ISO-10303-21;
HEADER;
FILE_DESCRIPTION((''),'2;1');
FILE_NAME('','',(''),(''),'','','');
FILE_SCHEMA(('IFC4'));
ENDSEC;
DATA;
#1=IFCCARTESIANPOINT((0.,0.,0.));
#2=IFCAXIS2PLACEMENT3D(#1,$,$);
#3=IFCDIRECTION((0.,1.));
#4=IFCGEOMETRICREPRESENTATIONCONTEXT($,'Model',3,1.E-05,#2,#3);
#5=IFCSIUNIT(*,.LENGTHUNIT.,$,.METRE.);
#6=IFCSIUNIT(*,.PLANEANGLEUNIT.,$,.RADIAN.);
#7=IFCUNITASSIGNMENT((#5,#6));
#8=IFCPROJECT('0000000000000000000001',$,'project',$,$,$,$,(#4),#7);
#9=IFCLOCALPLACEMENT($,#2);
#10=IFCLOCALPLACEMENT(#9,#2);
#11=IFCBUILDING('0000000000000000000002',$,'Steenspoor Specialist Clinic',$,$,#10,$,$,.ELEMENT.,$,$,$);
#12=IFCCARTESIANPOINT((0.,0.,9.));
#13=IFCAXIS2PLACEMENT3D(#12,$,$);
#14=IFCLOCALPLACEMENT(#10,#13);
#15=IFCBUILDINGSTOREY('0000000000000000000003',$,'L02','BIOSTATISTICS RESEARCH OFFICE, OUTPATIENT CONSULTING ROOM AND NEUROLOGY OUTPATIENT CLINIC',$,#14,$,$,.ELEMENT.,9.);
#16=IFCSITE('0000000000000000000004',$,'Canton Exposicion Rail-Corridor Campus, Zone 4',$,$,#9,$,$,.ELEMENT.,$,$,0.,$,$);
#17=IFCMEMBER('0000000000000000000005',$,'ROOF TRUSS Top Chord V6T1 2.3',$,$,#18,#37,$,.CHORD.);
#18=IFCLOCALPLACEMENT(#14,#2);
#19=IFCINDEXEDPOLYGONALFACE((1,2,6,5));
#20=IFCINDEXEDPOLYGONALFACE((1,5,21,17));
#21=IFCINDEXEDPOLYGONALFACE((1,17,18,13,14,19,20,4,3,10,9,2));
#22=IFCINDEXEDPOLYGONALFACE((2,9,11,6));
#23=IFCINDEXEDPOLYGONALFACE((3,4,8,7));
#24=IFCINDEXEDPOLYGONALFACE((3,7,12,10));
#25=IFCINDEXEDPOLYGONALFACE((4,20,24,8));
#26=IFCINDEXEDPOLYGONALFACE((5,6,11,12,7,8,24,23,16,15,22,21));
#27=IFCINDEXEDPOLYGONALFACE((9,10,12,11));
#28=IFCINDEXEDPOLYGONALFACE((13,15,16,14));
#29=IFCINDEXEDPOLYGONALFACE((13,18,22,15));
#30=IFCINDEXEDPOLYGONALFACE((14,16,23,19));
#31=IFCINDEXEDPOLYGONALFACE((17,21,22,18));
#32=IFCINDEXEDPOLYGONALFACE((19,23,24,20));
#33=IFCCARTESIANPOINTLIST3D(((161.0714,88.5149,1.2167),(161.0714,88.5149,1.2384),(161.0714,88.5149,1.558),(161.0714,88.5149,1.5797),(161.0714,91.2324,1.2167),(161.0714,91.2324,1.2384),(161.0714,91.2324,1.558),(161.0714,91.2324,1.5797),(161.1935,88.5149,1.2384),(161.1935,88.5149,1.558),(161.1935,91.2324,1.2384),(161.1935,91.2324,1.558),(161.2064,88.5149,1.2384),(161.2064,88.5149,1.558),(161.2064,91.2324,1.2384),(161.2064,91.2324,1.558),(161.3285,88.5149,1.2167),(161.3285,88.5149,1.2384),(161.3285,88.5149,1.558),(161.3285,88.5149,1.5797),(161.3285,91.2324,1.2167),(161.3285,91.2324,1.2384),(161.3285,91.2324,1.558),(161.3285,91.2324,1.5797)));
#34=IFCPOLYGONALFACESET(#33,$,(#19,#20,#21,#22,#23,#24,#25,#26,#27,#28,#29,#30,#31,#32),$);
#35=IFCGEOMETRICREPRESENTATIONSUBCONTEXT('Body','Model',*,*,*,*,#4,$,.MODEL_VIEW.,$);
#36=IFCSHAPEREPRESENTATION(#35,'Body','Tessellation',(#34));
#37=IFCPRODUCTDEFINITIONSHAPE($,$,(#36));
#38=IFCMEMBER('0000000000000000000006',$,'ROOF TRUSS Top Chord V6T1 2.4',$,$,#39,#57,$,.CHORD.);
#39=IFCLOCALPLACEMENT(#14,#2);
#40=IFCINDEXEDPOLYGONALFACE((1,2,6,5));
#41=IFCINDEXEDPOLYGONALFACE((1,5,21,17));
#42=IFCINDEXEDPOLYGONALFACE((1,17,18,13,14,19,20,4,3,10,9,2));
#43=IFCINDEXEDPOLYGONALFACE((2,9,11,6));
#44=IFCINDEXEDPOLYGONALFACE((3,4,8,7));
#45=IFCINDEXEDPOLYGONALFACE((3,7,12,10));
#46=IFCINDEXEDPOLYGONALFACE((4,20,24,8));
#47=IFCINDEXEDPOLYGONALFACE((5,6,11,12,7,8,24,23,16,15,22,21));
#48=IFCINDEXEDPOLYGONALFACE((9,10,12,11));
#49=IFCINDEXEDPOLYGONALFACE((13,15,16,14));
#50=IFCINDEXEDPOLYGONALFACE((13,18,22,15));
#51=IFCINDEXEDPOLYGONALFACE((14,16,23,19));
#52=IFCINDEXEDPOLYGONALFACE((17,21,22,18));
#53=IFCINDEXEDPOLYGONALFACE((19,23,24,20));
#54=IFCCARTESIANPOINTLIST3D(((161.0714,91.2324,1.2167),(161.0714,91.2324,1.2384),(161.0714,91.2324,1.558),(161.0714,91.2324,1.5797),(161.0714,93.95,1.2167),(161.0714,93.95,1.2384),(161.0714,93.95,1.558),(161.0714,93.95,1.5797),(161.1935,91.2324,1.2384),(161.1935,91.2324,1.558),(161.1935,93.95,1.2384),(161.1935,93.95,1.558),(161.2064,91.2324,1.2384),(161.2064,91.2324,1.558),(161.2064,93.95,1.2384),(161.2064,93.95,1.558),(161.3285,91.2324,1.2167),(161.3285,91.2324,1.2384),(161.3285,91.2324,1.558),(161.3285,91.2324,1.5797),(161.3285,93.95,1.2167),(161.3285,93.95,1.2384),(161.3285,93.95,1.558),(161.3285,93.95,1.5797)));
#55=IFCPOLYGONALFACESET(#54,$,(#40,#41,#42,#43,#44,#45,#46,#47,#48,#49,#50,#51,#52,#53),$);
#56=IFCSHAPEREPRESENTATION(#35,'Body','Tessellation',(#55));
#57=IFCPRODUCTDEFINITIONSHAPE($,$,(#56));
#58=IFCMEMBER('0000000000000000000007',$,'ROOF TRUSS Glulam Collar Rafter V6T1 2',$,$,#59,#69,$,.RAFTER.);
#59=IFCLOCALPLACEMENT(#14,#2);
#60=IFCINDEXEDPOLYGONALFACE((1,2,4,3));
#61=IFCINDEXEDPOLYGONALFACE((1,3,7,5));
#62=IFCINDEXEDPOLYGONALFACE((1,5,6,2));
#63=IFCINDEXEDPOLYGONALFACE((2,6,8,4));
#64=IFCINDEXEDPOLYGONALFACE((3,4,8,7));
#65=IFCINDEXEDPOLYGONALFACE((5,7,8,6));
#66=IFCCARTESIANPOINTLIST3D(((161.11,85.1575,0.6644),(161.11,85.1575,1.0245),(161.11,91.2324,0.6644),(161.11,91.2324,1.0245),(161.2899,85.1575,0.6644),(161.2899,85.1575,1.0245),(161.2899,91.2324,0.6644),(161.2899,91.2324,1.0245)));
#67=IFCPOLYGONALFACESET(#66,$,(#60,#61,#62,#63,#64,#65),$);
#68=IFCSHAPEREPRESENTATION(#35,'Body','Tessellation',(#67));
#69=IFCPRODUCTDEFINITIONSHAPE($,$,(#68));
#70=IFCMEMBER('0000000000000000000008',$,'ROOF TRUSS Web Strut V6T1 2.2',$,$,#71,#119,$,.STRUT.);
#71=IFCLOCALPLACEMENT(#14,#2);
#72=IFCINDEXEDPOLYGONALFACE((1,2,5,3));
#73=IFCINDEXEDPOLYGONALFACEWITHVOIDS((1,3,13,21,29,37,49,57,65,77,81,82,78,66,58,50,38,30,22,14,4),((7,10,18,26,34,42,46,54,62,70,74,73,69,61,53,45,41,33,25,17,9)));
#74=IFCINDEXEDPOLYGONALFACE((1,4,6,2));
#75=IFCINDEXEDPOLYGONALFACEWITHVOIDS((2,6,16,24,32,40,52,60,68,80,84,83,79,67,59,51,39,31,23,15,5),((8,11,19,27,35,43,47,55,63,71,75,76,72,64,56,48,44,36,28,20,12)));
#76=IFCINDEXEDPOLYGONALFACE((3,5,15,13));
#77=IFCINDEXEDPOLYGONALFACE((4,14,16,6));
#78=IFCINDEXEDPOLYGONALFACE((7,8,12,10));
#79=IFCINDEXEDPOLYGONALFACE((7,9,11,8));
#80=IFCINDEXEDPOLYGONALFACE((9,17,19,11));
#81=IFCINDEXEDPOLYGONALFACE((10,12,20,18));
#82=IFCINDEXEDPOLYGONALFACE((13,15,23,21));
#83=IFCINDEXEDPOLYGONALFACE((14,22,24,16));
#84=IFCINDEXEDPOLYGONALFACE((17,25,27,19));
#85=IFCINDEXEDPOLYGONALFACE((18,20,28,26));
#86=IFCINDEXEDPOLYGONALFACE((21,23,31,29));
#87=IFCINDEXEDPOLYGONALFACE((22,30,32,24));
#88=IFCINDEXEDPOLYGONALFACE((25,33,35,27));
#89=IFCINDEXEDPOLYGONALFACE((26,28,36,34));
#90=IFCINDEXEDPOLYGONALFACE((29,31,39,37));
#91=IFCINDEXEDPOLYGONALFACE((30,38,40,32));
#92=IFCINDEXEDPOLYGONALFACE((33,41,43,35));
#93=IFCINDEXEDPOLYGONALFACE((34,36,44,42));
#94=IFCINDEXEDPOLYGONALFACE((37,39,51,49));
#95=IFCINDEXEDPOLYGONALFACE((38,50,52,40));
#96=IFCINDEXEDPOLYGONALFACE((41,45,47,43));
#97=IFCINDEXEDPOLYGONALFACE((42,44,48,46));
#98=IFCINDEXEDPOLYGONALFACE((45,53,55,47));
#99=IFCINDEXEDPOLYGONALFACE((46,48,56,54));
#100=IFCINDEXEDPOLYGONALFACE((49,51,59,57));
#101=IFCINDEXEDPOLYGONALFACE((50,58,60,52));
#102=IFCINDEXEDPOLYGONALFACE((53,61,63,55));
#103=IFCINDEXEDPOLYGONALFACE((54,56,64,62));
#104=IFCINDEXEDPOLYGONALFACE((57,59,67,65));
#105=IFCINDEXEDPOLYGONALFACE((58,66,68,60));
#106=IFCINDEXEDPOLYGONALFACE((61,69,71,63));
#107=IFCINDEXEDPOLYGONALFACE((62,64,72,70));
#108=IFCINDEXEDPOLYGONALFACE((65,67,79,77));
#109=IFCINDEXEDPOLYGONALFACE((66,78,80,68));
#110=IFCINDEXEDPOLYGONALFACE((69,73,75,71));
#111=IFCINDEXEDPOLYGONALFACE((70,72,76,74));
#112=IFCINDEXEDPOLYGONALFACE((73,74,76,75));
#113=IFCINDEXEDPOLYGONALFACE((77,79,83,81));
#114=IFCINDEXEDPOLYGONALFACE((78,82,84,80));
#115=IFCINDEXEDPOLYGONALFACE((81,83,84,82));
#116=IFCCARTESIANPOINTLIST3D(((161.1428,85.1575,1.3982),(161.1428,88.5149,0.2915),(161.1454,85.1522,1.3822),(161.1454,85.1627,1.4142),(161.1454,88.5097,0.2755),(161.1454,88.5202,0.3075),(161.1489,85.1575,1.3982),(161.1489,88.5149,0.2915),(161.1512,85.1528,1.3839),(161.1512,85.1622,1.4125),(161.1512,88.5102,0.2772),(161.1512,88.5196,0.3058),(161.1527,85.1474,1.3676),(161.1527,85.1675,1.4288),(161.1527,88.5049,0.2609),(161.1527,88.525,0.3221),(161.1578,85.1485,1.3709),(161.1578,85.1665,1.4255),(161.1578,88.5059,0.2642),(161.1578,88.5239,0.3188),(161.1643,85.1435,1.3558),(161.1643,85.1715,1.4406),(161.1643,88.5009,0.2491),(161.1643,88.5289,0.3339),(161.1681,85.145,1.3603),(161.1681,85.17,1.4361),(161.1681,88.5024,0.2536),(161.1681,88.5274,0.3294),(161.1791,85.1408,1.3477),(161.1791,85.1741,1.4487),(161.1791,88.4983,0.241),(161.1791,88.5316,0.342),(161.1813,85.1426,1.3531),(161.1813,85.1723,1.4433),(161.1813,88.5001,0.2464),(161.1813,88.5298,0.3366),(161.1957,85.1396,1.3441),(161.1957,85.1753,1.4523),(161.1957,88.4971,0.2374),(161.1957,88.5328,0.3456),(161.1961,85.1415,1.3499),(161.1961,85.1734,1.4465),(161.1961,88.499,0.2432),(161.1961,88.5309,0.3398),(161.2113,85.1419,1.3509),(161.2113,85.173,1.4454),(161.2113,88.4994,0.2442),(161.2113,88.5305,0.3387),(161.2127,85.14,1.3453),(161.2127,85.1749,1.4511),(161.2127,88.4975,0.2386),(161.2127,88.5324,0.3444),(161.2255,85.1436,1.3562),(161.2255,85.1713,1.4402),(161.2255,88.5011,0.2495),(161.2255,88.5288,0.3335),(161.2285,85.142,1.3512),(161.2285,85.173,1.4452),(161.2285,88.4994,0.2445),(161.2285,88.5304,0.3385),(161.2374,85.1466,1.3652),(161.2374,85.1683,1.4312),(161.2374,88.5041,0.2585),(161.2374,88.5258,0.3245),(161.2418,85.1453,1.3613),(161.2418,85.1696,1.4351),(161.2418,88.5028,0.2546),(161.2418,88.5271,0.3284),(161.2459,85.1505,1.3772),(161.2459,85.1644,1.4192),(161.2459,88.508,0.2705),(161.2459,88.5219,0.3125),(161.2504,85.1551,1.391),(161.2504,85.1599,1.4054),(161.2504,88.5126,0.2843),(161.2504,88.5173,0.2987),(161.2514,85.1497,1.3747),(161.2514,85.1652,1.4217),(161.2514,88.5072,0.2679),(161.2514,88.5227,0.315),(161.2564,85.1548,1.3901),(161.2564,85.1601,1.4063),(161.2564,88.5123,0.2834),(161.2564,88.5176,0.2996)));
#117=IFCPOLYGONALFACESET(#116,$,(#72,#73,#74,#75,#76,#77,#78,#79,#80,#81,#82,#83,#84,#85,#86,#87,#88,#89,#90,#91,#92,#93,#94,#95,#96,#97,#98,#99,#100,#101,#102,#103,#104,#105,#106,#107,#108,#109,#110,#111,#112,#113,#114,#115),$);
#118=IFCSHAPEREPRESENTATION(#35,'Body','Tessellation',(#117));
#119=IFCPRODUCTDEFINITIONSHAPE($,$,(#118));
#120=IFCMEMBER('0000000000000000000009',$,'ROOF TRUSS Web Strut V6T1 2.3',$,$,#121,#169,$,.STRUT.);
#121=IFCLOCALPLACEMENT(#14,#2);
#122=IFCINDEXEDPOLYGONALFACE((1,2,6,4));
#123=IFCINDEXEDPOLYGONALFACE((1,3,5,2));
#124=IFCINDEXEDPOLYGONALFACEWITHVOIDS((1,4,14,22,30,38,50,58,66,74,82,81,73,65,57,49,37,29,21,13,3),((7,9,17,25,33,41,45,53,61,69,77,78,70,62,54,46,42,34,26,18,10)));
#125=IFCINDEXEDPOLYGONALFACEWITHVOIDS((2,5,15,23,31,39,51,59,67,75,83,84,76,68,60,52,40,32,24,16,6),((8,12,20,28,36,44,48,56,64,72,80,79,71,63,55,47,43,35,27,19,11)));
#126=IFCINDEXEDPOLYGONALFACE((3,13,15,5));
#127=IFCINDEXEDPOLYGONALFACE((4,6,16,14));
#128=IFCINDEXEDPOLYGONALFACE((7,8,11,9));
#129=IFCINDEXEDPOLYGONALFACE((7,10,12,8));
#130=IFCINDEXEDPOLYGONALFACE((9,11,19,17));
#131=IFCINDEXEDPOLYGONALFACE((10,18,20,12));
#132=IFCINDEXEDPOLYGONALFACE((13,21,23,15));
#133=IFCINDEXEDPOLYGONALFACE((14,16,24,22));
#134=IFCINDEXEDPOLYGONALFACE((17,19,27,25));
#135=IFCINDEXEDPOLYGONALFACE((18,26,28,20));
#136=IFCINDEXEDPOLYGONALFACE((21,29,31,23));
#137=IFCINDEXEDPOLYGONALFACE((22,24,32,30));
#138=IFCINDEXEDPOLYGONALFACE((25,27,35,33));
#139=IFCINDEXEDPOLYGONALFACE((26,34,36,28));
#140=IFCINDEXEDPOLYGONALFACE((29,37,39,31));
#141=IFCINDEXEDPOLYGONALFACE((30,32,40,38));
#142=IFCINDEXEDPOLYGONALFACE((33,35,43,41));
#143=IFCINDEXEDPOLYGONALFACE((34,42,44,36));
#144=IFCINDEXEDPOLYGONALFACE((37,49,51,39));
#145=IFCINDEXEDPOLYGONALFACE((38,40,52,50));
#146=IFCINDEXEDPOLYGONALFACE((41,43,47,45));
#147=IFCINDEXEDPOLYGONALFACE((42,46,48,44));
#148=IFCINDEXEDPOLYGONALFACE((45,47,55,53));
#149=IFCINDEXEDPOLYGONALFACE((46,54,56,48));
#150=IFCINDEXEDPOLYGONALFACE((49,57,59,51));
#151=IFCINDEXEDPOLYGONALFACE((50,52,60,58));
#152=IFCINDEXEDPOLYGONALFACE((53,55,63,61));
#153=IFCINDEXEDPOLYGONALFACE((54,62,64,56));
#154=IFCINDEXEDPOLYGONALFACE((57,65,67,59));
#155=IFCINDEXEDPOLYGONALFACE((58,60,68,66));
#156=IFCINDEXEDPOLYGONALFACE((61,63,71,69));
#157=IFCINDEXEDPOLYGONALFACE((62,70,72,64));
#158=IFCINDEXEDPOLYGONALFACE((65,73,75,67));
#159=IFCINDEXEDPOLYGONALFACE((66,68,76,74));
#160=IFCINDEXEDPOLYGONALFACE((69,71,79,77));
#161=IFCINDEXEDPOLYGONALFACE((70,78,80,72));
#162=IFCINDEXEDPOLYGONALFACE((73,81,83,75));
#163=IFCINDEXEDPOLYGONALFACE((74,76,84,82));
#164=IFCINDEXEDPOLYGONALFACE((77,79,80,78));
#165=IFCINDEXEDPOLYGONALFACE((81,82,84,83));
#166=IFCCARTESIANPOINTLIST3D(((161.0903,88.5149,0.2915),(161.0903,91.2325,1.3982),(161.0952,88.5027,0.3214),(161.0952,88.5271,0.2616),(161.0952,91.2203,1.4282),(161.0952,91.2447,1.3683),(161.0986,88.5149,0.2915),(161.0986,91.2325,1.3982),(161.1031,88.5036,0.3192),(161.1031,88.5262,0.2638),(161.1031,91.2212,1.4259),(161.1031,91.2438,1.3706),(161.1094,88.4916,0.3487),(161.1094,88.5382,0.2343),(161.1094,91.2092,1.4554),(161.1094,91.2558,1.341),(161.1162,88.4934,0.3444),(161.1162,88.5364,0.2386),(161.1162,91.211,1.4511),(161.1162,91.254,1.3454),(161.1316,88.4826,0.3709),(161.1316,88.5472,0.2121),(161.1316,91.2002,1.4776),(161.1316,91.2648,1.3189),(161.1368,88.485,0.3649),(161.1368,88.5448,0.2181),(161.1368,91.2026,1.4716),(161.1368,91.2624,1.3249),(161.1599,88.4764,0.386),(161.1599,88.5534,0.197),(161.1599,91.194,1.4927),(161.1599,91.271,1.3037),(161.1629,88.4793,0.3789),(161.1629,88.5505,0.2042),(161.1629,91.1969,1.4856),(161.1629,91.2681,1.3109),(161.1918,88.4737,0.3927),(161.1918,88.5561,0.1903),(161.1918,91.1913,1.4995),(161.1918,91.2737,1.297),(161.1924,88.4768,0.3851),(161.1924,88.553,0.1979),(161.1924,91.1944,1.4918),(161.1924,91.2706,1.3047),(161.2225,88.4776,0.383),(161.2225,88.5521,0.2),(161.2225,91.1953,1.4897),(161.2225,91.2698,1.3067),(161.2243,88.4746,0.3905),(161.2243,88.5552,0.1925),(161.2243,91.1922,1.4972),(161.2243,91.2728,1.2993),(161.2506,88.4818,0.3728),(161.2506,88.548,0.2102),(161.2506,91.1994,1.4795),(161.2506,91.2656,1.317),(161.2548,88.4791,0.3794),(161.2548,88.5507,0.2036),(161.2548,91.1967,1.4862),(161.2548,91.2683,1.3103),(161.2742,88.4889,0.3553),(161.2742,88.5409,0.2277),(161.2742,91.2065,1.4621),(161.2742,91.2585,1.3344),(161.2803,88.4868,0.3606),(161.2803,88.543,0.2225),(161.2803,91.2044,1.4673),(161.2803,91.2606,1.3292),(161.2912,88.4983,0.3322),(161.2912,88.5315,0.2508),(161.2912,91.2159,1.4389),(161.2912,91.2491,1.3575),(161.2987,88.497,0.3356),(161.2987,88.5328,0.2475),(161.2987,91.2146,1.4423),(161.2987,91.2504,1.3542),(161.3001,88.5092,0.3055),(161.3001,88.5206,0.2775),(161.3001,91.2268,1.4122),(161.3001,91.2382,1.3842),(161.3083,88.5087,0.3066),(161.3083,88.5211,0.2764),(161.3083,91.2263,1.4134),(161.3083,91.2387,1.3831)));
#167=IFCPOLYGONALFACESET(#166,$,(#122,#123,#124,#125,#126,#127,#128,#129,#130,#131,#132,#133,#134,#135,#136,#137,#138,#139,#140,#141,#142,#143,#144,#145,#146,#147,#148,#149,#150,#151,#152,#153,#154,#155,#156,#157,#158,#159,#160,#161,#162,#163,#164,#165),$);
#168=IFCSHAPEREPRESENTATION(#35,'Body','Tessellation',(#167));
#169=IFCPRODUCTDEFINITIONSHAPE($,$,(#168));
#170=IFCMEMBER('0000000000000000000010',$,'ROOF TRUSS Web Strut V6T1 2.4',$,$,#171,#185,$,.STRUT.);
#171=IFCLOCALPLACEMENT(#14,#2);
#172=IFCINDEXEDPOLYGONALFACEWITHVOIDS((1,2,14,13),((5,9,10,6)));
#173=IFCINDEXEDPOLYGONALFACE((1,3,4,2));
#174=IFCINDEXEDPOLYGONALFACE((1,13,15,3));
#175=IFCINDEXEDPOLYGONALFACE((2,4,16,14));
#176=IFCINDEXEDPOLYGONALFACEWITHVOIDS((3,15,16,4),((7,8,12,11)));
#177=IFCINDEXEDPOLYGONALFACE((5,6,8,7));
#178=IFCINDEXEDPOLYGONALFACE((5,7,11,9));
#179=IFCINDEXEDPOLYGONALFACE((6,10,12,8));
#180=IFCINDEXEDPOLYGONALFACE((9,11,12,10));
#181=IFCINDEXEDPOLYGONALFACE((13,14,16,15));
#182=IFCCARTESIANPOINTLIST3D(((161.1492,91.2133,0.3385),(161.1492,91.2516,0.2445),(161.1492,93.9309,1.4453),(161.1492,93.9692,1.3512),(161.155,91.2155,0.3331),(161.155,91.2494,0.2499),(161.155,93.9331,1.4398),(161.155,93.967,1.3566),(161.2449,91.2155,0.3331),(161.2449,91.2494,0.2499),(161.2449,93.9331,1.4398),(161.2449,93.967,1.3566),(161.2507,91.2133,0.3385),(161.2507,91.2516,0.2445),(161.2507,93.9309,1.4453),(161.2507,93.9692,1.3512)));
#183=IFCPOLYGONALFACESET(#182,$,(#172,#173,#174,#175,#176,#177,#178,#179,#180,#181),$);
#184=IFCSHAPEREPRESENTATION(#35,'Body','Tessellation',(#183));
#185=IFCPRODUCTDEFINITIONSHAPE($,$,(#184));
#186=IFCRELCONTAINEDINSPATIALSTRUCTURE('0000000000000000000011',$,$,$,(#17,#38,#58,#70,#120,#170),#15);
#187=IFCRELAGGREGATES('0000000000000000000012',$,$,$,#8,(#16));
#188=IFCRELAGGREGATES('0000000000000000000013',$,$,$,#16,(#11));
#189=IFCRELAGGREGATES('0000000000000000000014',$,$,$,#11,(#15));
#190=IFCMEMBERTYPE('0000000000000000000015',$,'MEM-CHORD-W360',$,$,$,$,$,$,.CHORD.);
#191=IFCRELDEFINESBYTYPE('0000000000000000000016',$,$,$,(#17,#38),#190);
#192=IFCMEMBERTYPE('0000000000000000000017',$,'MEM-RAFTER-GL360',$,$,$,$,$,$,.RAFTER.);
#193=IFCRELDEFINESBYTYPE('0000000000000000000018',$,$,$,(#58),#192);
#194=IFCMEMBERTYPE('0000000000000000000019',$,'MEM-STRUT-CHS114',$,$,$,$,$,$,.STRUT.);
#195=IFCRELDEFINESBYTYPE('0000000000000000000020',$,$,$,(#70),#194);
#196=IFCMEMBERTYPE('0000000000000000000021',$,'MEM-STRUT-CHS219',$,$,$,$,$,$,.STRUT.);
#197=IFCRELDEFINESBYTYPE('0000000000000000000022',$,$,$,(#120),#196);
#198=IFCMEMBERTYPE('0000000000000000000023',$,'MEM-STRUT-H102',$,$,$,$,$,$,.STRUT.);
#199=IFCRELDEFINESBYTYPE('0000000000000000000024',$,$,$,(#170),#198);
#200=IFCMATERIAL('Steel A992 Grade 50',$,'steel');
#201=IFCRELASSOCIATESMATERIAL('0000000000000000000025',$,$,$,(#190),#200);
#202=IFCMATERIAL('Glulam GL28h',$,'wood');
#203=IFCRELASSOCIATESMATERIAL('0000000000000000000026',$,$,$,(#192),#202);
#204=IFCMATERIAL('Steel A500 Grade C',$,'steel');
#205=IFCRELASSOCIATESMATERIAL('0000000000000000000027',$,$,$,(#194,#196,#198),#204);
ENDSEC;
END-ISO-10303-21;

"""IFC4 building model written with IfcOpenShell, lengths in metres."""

from ifc_helpers import new_model, si_unit, direction, frame, origin, origin_2d, place, context, subcontext, project, spatial, rectangle, hollow_rectangle, hollow_circle, i_section, extrude, material, material_profile, profile_set, type_object, element, save


model = new_model("IFC4")

# Units and contexts
model_context = context("Model", 3, precision=1e-05, world=origin(), true_north=direction((0.0, 1.0)))
body_context = subcontext(model_context, "Body", "Model", "MODEL_VIEW")
ifc_project = project(units=[si_unit("LENGTHUNIT", "METRE"), si_unit("PLANEANGLEUNIT", "RADIAN")], contexts=[model_context])

# Site, building, storey
site_placement = place(None, origin())
site = spatial("IfcSite", under=ifc_project, at=site_placement, Name="Canton Exposicion Rail-Corridor Campus, Zone 4", CompositionType="ELEMENT", RefElevation=0.0)
building_placement = place(site_placement, origin())
building = spatial("IfcBuilding", under=site, at=building_placement, Name="Steenspoor Specialist Clinic", CompositionType="ELEMENT")
storey_placement = place(building_placement, frame((0.0, 0.0, 9.0)))
storey = spatial("IfcBuildingStorey", under=building, at=storey_placement, Name="L02", Description="BIOSTATISTICS RESEARCH OFFICE, OUTPATIENT CONSULTING ROOM AND NEUROLOGY OUTPATIENT CLINIC", CompositionType="ELEMENT", Elevation=9.0)

# Members
ifc_material_1 = material(Name="Steel A500 Grade C", Category="steel")
ifc_material_2 = material(Name="Steel A992 Grade 50", Category="steel")
ifc_material_profile_1 = material_profile(ifc_material_2, i_section(OverallWidth=0.2571, OverallDepth=0.363, WebThickness=0.0129, FlangeThickness=0.0217, at=origin_2d()), Name="W360X122")
ifc_profile_set_1 = profile_set([ifc_material_profile_1], Name="Steel A992 Grade 50")
member_type_1 = type_object("IfcMemberType", Name="MEM-CHORD-W360", PredefinedType="CHORD", material=ifc_profile_set_1)
for number, where, z_axis, x_axis, name in (
    (1, (161.2, 88.5149, 1.3982), (0.0, 1.0, 0.0), (-1.0, 0.0, 0.0), "ROOF TRUSS Top Chord V6T1 2.3"),
    (2, (161.2, 91.2324, 1.3982), (0.0, 1.0, 0.0), (-1.0, 0.0, 0.0), "ROOF TRUSS Top Chord V6T1 2.4"),
):
    element("IfcMember", number, at=place(storey_placement, frame(where, z_axis=z_axis, x_axis=x_axis)), inside=storey, type_object=member_type_1, Name=name, PredefinedType="CHORD", context=body_context, shape_type="SweptSolid", body=[
        extrude(i_section(OverallWidth=0.2571, OverallDepth=0.363, WebThickness=0.0129, FlangeThickness=0.0217, at=origin_2d()), origin(), (0.0, 0.0, 1.0), 2.7175),
    ])
ifc_material_3 = material(Name="Glulam GL28h", Category="wood")
ifc_material_profile_2 = material_profile(ifc_material_3, rectangle(XDim=0.1799, YDim=0.3601, at=origin_2d()), Name="GL28H-180X360")
ifc_profile_set_2 = profile_set([ifc_material_profile_2], Name="Glulam GL28h")
member_type_2 = type_object("IfcMemberType", Name="MEM-RAFTER-GL360", PredefinedType="RAFTER", material=ifc_profile_set_2)
member_1_placement = place(storey_placement, frame((161.2, 85.1575, 0.8445), z_axis=(0.0, 1.0, 0.0), x_axis=(-1.0, 0.0, 0.0)))
element("IfcMember", 3, at=member_1_placement, inside=storey, type_object=member_type_2, Name="ROOF TRUSS Glulam Collar Rafter V6T1 2", PredefinedType="RAFTER", context=body_context, shape_type="SweptSolid", body=[
    extrude(rectangle(XDim=0.1799, YDim=0.3601, at=origin_2d()), origin(), (0.0, 0.0, 1.0), 6.075),
])
ifc_material_profile_3 = material_profile(ifc_material_1, hollow_circle(Radius=0.0571, WallThickness=0.0061, at=origin_2d()), Name="CHS114X6.0")
ifc_profile_set_3 = profile_set([ifc_material_profile_3], Name="Steel A500 Grade C")
member_type_3 = type_object("IfcMemberType", Name="MEM-STRUT-CHS114", PredefinedType="STRUT", material=ifc_profile_set_3)
member_2_placement = place(storey_placement, frame((161.2, 85.1575, 1.3982), z_axis=(0.0, 0.949735, -0.313056), x_axis=(-1.0, 0.0, 0.0)))
element("IfcMember", 4, at=member_2_placement, inside=storey, type_object=member_type_3, Name="ROOF TRUSS Web Strut V6T1 2.2", PredefinedType="STRUT", context=body_context, shape_type="SweptSolid", body=[
    extrude(hollow_circle(Radius=0.0571, WallThickness=0.0061, at=origin_2d()), origin(), (0.0, 0.0, 1.0), 3.5352),
])
ifc_material_profile_4 = material_profile(ifc_material_1, hollow_circle(Radius=0.1096, WallThickness=0.0083, at=origin_2d()), Name="CHS219X8.2")
ifc_profile_set_4 = profile_set([ifc_material_profile_4], Name="Steel A500 Grade C")
member_type_4 = type_object("IfcMemberType", Name="MEM-STRUT-CHS219", PredefinedType="STRUT", material=ifc_profile_set_4)
member_3_placement = place(storey_placement, frame((161.2, 88.5149, 0.2915), z_axis=(0.0, 0.926146, 0.377165), x_axis=(-1.0, 0.0, 0.0)))
element("IfcMember", 5, at=member_3_placement, inside=storey, type_object=member_type_4, Name="ROOF TRUSS Web Strut V6T1 2.3", PredefinedType="STRUT", context=body_context, shape_type="SweptSolid", body=[
    extrude(hollow_circle(Radius=0.1096, WallThickness=0.0083, at=origin_2d()), origin(), (0.0, 0.0, 1.0), 2.9343),
])
ifc_material_profile_5 = material_profile(ifc_material_1, hollow_rectangle(XDim=0.1016, YDim=0.1016, WallThickness=0.0059, at=origin_2d()), Name="HSS102X102X6.4")
ifc_profile_set_5 = profile_set([ifc_material_profile_5], Name="Steel A500 Grade C")
member_type_5 = type_object("IfcMemberType", Name="MEM-STRUT-H102", PredefinedType="STRUT", material=ifc_profile_set_5)
member_4_placement = place(storey_placement, frame((161.2, 91.2324, 0.2915), z_axis=(0.0, 0.926146, 0.377165), x_axis=(-1.0, 0.0, 0.0)))
element("IfcMember", 6, at=member_4_placement, inside=storey, type_object=member_type_5, Name="ROOF TRUSS Web Strut V6T1 2.4", PredefinedType="STRUT", context=body_context, shape_type="SweptSolid", body=[
    extrude(hollow_rectangle(XDim=0.1016, YDim=0.1016, WallThickness=0.0059, at=origin_2d()), origin(), (0.0, 0.0, 1.0), 2.9343),
])

save(model, "model.ifc")
